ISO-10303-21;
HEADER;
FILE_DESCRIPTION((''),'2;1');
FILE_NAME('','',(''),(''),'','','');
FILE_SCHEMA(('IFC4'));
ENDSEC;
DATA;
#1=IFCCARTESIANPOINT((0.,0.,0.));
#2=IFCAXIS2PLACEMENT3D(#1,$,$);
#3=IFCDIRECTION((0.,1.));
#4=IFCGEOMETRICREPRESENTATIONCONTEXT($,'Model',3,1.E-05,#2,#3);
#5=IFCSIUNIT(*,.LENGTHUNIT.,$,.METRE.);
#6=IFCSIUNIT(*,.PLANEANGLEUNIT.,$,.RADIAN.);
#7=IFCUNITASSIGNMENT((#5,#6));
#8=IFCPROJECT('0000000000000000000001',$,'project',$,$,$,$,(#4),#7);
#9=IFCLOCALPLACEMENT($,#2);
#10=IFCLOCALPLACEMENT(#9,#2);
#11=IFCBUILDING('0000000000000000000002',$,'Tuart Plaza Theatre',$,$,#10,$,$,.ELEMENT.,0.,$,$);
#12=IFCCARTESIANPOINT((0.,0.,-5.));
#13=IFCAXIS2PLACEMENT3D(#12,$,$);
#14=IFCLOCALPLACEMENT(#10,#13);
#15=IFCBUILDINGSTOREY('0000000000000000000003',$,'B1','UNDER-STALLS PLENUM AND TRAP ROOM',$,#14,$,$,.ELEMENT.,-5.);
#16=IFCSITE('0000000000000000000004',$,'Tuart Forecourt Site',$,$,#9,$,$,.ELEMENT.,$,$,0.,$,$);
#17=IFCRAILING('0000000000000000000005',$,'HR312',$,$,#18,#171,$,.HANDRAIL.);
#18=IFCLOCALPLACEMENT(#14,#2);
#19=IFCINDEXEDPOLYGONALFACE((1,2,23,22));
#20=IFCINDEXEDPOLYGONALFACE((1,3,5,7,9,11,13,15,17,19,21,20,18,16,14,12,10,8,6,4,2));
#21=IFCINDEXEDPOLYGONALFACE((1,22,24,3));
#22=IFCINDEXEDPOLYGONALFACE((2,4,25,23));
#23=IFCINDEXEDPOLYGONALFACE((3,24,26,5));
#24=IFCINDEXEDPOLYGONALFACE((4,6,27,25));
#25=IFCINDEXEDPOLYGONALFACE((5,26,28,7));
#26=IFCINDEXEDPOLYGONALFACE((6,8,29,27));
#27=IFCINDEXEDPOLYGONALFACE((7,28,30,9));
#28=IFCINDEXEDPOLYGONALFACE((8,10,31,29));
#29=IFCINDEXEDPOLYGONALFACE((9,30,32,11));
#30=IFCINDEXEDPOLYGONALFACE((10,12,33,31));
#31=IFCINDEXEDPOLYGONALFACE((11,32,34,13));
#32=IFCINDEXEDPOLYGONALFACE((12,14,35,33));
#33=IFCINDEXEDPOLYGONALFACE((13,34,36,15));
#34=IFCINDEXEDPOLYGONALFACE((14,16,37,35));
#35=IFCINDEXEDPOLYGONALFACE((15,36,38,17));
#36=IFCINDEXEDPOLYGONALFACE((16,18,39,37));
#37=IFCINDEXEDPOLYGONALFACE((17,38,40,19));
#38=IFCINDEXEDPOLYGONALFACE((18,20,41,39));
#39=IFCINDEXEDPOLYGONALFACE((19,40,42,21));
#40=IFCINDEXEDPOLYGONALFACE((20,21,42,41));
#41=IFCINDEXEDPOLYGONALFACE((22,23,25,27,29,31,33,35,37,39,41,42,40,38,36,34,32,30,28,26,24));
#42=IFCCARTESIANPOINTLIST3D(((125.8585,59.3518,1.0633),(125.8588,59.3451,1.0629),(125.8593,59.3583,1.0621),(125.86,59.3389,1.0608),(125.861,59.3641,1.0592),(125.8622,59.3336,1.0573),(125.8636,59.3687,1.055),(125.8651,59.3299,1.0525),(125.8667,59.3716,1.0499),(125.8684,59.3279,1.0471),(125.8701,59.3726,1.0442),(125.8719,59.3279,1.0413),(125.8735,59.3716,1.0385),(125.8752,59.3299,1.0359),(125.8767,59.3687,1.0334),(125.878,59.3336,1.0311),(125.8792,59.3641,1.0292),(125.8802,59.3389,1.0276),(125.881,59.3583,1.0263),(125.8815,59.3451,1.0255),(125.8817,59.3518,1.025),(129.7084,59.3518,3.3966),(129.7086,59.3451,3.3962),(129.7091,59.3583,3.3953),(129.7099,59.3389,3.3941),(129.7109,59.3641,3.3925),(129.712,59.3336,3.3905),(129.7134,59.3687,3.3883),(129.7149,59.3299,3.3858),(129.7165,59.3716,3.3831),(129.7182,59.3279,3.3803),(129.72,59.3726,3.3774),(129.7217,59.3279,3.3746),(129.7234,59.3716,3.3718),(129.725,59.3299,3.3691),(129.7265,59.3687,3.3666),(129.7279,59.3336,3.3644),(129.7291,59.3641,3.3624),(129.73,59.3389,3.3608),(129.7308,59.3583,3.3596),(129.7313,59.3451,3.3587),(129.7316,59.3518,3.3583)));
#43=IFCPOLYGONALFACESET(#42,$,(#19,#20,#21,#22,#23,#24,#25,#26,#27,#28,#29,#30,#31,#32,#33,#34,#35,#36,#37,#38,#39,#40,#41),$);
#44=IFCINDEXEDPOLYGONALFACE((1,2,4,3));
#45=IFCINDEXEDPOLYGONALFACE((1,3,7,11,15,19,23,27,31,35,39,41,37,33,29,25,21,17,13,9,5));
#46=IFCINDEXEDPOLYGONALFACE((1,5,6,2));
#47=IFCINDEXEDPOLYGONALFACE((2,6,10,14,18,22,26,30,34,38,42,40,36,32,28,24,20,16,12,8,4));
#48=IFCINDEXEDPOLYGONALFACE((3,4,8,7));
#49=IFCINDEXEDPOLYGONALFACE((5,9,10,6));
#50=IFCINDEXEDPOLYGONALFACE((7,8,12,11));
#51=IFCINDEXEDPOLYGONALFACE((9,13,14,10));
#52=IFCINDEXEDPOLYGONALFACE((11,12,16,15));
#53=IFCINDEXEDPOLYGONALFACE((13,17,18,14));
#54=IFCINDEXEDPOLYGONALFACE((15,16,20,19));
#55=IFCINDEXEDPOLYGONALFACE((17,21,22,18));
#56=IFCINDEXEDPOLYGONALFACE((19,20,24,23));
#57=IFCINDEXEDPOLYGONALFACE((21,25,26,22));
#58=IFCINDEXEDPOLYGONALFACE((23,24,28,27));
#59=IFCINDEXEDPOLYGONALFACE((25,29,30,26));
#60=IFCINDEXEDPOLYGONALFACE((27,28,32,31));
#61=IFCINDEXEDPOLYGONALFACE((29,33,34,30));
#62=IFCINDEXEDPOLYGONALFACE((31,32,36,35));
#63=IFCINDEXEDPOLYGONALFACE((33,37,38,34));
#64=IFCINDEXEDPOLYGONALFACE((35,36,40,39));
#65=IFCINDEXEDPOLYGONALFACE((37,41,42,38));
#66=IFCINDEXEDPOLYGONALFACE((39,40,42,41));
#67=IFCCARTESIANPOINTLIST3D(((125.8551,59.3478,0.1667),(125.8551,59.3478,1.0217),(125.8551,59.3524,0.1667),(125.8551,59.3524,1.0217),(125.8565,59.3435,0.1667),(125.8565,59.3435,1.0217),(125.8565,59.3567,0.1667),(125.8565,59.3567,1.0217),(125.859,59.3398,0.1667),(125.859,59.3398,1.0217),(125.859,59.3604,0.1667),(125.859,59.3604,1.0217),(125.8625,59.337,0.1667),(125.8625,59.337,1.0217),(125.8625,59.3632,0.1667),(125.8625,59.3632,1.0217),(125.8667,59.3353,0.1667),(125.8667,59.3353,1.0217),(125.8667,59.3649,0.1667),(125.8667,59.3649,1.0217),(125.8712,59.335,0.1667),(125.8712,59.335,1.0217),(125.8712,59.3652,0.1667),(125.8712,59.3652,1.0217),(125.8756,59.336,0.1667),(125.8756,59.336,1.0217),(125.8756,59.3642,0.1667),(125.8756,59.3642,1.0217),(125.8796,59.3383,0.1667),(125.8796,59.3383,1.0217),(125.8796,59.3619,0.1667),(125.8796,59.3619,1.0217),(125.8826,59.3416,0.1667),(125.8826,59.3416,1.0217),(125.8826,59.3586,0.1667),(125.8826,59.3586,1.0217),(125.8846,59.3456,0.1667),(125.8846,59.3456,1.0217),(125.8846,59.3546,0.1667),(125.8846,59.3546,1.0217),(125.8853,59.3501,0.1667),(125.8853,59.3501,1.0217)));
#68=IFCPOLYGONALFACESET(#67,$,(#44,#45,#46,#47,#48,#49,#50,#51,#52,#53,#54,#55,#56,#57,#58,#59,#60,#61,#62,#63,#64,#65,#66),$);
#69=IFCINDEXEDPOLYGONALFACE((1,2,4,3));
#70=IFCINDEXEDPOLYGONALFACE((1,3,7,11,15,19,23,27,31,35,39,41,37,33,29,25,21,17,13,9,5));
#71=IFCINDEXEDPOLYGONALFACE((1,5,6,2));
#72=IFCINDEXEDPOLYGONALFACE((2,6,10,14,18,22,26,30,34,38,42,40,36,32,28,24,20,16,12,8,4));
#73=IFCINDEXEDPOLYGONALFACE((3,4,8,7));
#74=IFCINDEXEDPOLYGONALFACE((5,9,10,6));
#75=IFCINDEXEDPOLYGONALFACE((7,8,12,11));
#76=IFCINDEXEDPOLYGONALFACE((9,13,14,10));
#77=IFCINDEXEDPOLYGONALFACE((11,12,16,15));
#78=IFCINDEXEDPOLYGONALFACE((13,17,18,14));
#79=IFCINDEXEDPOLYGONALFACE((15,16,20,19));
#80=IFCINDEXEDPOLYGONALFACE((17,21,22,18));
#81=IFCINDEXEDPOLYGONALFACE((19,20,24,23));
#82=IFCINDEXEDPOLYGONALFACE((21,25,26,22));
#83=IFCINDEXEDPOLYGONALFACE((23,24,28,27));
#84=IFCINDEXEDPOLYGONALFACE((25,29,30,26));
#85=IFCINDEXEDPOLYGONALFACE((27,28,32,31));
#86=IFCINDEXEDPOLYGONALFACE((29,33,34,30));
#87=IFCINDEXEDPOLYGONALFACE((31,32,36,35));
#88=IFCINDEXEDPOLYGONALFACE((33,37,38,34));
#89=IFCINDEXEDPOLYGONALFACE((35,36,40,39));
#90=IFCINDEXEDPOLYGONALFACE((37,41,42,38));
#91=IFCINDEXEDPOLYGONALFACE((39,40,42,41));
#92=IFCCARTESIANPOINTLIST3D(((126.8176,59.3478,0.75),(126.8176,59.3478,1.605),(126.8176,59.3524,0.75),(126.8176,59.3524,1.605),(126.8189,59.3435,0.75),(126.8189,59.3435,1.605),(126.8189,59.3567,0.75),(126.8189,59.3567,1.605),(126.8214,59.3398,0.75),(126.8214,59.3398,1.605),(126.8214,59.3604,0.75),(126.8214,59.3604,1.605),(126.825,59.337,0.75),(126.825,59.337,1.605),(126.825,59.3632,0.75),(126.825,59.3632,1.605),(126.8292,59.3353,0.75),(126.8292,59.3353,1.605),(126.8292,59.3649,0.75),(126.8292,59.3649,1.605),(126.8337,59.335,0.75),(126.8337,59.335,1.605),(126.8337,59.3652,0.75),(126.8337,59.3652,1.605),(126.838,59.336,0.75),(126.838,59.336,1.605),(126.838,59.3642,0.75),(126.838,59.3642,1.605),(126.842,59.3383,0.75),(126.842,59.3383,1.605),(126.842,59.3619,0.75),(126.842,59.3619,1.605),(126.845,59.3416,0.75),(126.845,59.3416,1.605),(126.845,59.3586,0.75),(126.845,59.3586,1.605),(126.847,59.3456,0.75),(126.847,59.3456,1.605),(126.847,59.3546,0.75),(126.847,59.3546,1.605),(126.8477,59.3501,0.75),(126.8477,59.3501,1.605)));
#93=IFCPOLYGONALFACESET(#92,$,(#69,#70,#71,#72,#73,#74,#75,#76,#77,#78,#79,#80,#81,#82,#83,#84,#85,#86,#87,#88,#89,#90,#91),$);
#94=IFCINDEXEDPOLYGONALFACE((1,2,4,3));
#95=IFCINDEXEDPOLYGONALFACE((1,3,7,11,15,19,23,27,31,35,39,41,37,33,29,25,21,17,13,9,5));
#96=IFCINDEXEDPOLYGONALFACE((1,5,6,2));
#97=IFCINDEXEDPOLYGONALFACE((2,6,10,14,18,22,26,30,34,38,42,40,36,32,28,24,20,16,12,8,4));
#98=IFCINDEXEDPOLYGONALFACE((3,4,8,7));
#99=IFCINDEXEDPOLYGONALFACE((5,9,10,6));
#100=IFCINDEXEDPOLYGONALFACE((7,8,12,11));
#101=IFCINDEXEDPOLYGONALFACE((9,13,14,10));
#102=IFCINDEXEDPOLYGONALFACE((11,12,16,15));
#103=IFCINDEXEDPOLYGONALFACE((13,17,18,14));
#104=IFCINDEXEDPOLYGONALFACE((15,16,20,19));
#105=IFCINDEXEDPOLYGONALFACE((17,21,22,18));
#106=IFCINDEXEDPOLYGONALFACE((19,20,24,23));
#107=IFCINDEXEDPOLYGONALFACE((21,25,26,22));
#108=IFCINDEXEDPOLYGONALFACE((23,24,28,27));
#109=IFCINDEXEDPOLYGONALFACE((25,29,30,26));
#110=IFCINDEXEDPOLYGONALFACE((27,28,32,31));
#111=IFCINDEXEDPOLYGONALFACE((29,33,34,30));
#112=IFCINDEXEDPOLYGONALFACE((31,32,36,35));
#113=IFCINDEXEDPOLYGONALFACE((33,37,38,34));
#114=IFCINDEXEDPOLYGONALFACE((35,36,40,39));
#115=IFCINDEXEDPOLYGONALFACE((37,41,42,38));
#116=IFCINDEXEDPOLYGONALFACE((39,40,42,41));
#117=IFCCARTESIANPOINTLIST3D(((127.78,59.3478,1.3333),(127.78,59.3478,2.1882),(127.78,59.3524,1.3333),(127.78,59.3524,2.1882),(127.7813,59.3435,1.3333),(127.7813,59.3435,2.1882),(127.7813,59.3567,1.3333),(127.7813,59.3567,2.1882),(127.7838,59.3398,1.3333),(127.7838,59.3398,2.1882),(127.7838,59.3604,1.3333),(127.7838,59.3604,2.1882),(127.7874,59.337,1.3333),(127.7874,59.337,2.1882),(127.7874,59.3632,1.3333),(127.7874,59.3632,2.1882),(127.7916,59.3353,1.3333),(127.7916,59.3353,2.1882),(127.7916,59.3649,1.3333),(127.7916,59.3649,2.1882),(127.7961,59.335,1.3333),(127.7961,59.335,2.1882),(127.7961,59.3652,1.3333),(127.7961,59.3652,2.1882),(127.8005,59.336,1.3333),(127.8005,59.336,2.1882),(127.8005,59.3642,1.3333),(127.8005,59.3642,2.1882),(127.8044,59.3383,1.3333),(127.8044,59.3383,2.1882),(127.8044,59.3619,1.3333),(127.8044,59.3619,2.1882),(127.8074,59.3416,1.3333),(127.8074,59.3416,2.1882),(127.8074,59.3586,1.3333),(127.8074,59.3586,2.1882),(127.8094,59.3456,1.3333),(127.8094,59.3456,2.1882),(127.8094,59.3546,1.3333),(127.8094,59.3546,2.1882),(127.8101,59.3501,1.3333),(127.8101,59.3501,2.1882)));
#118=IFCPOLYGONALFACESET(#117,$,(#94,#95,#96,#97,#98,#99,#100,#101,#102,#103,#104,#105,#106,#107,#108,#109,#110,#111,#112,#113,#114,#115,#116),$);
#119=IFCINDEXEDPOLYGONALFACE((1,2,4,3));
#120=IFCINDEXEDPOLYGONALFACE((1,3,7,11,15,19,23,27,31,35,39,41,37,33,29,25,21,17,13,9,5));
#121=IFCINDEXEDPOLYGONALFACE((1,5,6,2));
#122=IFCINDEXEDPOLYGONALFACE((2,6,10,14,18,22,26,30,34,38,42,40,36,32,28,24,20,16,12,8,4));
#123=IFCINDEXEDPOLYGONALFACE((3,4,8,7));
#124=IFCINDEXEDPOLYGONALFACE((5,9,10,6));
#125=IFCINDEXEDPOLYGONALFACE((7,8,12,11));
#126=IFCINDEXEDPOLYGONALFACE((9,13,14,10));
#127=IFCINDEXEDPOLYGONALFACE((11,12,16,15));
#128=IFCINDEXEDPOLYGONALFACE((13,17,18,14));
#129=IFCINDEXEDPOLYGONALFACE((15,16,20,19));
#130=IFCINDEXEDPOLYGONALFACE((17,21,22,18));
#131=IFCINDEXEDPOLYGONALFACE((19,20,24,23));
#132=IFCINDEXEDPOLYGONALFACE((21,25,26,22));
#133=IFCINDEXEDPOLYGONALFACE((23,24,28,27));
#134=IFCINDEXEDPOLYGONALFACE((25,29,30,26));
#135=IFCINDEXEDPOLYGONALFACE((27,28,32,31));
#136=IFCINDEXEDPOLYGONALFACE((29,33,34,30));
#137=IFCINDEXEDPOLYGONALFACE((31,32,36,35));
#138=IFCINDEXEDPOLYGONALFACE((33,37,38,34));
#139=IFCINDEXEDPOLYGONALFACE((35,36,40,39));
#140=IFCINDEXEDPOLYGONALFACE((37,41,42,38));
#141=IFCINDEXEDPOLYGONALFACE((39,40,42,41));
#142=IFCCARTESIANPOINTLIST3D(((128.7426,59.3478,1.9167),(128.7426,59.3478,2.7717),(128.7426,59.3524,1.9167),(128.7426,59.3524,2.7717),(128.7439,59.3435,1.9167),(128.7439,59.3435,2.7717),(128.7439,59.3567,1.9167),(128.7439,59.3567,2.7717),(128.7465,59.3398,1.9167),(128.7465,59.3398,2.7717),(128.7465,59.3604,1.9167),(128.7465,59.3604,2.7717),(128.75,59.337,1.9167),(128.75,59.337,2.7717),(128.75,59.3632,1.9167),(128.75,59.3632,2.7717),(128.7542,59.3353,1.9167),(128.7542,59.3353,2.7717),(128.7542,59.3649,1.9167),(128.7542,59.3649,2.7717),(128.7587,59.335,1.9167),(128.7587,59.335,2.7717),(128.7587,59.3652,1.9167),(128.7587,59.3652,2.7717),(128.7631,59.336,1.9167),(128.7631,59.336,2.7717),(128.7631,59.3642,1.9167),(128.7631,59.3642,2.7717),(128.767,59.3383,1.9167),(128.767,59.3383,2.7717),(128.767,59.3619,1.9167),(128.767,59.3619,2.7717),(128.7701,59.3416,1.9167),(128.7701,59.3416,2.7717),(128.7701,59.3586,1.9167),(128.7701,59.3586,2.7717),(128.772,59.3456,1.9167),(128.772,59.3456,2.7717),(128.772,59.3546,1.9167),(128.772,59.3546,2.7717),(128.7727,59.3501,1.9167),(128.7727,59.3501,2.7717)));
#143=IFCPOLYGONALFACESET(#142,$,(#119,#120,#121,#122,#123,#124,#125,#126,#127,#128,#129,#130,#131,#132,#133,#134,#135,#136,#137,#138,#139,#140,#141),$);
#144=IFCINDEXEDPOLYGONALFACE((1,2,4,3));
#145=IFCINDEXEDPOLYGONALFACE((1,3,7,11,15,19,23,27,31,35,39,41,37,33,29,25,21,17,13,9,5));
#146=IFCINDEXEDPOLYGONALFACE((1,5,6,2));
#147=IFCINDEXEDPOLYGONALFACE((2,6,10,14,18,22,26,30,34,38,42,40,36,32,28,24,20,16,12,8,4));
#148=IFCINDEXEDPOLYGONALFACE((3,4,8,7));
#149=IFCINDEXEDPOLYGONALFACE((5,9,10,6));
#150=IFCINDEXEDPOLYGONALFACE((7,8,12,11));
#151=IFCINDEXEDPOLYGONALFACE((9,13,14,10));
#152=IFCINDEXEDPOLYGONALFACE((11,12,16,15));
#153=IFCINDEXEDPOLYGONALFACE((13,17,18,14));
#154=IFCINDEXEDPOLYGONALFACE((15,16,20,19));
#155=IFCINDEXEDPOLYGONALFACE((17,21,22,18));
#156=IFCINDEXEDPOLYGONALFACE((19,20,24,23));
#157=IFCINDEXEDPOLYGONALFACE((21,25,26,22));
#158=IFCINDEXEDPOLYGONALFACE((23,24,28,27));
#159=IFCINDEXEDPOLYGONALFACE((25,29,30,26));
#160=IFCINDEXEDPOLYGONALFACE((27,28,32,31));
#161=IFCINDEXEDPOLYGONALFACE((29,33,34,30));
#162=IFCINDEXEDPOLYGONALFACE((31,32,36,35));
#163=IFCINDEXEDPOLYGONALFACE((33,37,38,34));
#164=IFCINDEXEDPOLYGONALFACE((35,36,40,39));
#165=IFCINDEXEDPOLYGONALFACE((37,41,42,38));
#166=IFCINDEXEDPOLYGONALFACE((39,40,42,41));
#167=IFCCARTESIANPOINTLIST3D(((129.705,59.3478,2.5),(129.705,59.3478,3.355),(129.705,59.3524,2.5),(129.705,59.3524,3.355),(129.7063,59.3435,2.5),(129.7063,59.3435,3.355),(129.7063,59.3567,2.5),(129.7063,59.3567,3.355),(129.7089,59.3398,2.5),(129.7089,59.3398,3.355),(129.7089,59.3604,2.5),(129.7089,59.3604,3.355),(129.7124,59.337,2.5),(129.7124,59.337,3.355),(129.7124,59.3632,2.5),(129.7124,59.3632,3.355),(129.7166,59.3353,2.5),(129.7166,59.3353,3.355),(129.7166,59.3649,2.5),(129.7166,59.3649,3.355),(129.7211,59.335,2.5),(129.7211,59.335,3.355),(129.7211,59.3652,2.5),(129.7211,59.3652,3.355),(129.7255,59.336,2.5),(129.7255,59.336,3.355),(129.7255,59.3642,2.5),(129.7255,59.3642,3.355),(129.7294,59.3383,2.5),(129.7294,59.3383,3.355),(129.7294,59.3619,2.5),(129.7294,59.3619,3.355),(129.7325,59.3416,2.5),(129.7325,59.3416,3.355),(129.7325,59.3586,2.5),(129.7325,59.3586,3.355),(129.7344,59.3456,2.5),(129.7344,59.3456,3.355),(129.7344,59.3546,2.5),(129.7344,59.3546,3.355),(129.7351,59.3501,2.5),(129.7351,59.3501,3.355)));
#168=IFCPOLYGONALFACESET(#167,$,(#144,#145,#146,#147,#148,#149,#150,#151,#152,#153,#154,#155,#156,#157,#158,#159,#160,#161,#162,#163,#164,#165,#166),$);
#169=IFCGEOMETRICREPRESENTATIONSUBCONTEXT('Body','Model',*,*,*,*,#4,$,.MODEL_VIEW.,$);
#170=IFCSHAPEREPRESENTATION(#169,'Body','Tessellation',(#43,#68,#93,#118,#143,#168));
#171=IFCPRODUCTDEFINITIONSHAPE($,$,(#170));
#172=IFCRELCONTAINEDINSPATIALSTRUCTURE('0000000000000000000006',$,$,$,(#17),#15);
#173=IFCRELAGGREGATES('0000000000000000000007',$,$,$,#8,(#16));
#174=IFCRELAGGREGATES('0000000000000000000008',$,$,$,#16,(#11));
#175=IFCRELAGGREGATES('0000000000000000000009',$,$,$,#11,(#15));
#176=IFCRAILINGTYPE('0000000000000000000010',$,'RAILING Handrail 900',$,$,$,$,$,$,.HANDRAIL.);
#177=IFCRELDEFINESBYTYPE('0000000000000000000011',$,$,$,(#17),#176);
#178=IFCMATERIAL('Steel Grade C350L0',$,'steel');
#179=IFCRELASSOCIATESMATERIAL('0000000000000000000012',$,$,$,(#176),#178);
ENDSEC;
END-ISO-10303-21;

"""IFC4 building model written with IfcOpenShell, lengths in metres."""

from ifc_helpers import new_model, si_unit, direction, frame, origin, origin_2d, place, context, subcontext, project, spatial, circle, extrude, material, type_object, element, save


model = new_model("IFC4")

# Units and contexts
model_context = context("Model", 3, precision=1e-05, world=origin(), true_north=direction((0.0, 1.0)))
body_context = subcontext(model_context, "Body", "Model", "MODEL_VIEW")
ifc_project = project(units=[si_unit("LENGTHUNIT", "METRE"), si_unit("PLANEANGLEUNIT", "RADIAN")], contexts=[model_context])

# Site, building, storey
site_placement = place(None, origin())
site = spatial("IfcSite", under=ifc_project, at=site_placement, Name="Tuart Forecourt Site", CompositionType="ELEMENT", RefElevation=0.0)
building_placement = place(site_placement, origin())
building = spatial("IfcBuilding", under=site, at=building_placement, Name="Tuart Plaza Theatre", CompositionType="ELEMENT", ElevationOfRefHeight=0.0)
storey_placement = place(building_placement, frame((0.0, 0.0, -5.0)))
storey = spatial("IfcBuildingStorey", under=building, at=storey_placement, Name="B1", Description="UNDER-STALLS PLENUM AND TRAP ROOM", CompositionType="ELEMENT", Elevation=-5.0)

# Railing
ifc_material_1 = material(Name="Steel Grade C350L0", Category="steel")
railing_type = type_object("IfcRailingType", Name="RAILING Handrail 900", PredefinedType="HANDRAIL", material=ifc_material_1)
railing_placement = place(storey_placement, frame((125.8701, 59.3501, 0.1667)))
element("IfcRailing", 1, at=railing_placement, inside=storey, type_object=railing_type, Name="HR312", PredefinedType="HANDRAIL", context=body_context, shape_type="SweptSolid", body=[
    extrude(circle(Radius=0.0225, at=origin_2d()), frame((0.0, 0.0, 0.8774), z_axis=(0.855197, 0.0, 0.518303), x_axis=(0.0, 1.0, 0.0)), (0.0, 0.0, 1.0), 4.5017),
    extrude(circle(Radius=0.0151, at=origin_2d()), origin(), (0.0, 0.0, 1.0), 0.855),
    extrude(circle(Radius=0.0151, at=origin_2d()), frame((0.9624, 0.0, 0.5833)), (0.0, 0.0, 1.0), 0.855),
    extrude(circle(Radius=0.0151, at=origin_2d()), frame((1.9248, 0.0, 1.1665)), (0.0, 0.0, 1.0), 0.855),
    extrude(circle(Radius=0.0151, at=origin_2d()), frame((2.8875, 0.0, 1.75)), (0.0, 0.0, 1.0), 0.855),
    extrude(circle(Radius=0.0151, at=origin_2d()), frame((3.8499, 0.0, 2.3333)), (0.0, 0.0, 1.0), 0.855),
])

save(model, "model.ifc")
